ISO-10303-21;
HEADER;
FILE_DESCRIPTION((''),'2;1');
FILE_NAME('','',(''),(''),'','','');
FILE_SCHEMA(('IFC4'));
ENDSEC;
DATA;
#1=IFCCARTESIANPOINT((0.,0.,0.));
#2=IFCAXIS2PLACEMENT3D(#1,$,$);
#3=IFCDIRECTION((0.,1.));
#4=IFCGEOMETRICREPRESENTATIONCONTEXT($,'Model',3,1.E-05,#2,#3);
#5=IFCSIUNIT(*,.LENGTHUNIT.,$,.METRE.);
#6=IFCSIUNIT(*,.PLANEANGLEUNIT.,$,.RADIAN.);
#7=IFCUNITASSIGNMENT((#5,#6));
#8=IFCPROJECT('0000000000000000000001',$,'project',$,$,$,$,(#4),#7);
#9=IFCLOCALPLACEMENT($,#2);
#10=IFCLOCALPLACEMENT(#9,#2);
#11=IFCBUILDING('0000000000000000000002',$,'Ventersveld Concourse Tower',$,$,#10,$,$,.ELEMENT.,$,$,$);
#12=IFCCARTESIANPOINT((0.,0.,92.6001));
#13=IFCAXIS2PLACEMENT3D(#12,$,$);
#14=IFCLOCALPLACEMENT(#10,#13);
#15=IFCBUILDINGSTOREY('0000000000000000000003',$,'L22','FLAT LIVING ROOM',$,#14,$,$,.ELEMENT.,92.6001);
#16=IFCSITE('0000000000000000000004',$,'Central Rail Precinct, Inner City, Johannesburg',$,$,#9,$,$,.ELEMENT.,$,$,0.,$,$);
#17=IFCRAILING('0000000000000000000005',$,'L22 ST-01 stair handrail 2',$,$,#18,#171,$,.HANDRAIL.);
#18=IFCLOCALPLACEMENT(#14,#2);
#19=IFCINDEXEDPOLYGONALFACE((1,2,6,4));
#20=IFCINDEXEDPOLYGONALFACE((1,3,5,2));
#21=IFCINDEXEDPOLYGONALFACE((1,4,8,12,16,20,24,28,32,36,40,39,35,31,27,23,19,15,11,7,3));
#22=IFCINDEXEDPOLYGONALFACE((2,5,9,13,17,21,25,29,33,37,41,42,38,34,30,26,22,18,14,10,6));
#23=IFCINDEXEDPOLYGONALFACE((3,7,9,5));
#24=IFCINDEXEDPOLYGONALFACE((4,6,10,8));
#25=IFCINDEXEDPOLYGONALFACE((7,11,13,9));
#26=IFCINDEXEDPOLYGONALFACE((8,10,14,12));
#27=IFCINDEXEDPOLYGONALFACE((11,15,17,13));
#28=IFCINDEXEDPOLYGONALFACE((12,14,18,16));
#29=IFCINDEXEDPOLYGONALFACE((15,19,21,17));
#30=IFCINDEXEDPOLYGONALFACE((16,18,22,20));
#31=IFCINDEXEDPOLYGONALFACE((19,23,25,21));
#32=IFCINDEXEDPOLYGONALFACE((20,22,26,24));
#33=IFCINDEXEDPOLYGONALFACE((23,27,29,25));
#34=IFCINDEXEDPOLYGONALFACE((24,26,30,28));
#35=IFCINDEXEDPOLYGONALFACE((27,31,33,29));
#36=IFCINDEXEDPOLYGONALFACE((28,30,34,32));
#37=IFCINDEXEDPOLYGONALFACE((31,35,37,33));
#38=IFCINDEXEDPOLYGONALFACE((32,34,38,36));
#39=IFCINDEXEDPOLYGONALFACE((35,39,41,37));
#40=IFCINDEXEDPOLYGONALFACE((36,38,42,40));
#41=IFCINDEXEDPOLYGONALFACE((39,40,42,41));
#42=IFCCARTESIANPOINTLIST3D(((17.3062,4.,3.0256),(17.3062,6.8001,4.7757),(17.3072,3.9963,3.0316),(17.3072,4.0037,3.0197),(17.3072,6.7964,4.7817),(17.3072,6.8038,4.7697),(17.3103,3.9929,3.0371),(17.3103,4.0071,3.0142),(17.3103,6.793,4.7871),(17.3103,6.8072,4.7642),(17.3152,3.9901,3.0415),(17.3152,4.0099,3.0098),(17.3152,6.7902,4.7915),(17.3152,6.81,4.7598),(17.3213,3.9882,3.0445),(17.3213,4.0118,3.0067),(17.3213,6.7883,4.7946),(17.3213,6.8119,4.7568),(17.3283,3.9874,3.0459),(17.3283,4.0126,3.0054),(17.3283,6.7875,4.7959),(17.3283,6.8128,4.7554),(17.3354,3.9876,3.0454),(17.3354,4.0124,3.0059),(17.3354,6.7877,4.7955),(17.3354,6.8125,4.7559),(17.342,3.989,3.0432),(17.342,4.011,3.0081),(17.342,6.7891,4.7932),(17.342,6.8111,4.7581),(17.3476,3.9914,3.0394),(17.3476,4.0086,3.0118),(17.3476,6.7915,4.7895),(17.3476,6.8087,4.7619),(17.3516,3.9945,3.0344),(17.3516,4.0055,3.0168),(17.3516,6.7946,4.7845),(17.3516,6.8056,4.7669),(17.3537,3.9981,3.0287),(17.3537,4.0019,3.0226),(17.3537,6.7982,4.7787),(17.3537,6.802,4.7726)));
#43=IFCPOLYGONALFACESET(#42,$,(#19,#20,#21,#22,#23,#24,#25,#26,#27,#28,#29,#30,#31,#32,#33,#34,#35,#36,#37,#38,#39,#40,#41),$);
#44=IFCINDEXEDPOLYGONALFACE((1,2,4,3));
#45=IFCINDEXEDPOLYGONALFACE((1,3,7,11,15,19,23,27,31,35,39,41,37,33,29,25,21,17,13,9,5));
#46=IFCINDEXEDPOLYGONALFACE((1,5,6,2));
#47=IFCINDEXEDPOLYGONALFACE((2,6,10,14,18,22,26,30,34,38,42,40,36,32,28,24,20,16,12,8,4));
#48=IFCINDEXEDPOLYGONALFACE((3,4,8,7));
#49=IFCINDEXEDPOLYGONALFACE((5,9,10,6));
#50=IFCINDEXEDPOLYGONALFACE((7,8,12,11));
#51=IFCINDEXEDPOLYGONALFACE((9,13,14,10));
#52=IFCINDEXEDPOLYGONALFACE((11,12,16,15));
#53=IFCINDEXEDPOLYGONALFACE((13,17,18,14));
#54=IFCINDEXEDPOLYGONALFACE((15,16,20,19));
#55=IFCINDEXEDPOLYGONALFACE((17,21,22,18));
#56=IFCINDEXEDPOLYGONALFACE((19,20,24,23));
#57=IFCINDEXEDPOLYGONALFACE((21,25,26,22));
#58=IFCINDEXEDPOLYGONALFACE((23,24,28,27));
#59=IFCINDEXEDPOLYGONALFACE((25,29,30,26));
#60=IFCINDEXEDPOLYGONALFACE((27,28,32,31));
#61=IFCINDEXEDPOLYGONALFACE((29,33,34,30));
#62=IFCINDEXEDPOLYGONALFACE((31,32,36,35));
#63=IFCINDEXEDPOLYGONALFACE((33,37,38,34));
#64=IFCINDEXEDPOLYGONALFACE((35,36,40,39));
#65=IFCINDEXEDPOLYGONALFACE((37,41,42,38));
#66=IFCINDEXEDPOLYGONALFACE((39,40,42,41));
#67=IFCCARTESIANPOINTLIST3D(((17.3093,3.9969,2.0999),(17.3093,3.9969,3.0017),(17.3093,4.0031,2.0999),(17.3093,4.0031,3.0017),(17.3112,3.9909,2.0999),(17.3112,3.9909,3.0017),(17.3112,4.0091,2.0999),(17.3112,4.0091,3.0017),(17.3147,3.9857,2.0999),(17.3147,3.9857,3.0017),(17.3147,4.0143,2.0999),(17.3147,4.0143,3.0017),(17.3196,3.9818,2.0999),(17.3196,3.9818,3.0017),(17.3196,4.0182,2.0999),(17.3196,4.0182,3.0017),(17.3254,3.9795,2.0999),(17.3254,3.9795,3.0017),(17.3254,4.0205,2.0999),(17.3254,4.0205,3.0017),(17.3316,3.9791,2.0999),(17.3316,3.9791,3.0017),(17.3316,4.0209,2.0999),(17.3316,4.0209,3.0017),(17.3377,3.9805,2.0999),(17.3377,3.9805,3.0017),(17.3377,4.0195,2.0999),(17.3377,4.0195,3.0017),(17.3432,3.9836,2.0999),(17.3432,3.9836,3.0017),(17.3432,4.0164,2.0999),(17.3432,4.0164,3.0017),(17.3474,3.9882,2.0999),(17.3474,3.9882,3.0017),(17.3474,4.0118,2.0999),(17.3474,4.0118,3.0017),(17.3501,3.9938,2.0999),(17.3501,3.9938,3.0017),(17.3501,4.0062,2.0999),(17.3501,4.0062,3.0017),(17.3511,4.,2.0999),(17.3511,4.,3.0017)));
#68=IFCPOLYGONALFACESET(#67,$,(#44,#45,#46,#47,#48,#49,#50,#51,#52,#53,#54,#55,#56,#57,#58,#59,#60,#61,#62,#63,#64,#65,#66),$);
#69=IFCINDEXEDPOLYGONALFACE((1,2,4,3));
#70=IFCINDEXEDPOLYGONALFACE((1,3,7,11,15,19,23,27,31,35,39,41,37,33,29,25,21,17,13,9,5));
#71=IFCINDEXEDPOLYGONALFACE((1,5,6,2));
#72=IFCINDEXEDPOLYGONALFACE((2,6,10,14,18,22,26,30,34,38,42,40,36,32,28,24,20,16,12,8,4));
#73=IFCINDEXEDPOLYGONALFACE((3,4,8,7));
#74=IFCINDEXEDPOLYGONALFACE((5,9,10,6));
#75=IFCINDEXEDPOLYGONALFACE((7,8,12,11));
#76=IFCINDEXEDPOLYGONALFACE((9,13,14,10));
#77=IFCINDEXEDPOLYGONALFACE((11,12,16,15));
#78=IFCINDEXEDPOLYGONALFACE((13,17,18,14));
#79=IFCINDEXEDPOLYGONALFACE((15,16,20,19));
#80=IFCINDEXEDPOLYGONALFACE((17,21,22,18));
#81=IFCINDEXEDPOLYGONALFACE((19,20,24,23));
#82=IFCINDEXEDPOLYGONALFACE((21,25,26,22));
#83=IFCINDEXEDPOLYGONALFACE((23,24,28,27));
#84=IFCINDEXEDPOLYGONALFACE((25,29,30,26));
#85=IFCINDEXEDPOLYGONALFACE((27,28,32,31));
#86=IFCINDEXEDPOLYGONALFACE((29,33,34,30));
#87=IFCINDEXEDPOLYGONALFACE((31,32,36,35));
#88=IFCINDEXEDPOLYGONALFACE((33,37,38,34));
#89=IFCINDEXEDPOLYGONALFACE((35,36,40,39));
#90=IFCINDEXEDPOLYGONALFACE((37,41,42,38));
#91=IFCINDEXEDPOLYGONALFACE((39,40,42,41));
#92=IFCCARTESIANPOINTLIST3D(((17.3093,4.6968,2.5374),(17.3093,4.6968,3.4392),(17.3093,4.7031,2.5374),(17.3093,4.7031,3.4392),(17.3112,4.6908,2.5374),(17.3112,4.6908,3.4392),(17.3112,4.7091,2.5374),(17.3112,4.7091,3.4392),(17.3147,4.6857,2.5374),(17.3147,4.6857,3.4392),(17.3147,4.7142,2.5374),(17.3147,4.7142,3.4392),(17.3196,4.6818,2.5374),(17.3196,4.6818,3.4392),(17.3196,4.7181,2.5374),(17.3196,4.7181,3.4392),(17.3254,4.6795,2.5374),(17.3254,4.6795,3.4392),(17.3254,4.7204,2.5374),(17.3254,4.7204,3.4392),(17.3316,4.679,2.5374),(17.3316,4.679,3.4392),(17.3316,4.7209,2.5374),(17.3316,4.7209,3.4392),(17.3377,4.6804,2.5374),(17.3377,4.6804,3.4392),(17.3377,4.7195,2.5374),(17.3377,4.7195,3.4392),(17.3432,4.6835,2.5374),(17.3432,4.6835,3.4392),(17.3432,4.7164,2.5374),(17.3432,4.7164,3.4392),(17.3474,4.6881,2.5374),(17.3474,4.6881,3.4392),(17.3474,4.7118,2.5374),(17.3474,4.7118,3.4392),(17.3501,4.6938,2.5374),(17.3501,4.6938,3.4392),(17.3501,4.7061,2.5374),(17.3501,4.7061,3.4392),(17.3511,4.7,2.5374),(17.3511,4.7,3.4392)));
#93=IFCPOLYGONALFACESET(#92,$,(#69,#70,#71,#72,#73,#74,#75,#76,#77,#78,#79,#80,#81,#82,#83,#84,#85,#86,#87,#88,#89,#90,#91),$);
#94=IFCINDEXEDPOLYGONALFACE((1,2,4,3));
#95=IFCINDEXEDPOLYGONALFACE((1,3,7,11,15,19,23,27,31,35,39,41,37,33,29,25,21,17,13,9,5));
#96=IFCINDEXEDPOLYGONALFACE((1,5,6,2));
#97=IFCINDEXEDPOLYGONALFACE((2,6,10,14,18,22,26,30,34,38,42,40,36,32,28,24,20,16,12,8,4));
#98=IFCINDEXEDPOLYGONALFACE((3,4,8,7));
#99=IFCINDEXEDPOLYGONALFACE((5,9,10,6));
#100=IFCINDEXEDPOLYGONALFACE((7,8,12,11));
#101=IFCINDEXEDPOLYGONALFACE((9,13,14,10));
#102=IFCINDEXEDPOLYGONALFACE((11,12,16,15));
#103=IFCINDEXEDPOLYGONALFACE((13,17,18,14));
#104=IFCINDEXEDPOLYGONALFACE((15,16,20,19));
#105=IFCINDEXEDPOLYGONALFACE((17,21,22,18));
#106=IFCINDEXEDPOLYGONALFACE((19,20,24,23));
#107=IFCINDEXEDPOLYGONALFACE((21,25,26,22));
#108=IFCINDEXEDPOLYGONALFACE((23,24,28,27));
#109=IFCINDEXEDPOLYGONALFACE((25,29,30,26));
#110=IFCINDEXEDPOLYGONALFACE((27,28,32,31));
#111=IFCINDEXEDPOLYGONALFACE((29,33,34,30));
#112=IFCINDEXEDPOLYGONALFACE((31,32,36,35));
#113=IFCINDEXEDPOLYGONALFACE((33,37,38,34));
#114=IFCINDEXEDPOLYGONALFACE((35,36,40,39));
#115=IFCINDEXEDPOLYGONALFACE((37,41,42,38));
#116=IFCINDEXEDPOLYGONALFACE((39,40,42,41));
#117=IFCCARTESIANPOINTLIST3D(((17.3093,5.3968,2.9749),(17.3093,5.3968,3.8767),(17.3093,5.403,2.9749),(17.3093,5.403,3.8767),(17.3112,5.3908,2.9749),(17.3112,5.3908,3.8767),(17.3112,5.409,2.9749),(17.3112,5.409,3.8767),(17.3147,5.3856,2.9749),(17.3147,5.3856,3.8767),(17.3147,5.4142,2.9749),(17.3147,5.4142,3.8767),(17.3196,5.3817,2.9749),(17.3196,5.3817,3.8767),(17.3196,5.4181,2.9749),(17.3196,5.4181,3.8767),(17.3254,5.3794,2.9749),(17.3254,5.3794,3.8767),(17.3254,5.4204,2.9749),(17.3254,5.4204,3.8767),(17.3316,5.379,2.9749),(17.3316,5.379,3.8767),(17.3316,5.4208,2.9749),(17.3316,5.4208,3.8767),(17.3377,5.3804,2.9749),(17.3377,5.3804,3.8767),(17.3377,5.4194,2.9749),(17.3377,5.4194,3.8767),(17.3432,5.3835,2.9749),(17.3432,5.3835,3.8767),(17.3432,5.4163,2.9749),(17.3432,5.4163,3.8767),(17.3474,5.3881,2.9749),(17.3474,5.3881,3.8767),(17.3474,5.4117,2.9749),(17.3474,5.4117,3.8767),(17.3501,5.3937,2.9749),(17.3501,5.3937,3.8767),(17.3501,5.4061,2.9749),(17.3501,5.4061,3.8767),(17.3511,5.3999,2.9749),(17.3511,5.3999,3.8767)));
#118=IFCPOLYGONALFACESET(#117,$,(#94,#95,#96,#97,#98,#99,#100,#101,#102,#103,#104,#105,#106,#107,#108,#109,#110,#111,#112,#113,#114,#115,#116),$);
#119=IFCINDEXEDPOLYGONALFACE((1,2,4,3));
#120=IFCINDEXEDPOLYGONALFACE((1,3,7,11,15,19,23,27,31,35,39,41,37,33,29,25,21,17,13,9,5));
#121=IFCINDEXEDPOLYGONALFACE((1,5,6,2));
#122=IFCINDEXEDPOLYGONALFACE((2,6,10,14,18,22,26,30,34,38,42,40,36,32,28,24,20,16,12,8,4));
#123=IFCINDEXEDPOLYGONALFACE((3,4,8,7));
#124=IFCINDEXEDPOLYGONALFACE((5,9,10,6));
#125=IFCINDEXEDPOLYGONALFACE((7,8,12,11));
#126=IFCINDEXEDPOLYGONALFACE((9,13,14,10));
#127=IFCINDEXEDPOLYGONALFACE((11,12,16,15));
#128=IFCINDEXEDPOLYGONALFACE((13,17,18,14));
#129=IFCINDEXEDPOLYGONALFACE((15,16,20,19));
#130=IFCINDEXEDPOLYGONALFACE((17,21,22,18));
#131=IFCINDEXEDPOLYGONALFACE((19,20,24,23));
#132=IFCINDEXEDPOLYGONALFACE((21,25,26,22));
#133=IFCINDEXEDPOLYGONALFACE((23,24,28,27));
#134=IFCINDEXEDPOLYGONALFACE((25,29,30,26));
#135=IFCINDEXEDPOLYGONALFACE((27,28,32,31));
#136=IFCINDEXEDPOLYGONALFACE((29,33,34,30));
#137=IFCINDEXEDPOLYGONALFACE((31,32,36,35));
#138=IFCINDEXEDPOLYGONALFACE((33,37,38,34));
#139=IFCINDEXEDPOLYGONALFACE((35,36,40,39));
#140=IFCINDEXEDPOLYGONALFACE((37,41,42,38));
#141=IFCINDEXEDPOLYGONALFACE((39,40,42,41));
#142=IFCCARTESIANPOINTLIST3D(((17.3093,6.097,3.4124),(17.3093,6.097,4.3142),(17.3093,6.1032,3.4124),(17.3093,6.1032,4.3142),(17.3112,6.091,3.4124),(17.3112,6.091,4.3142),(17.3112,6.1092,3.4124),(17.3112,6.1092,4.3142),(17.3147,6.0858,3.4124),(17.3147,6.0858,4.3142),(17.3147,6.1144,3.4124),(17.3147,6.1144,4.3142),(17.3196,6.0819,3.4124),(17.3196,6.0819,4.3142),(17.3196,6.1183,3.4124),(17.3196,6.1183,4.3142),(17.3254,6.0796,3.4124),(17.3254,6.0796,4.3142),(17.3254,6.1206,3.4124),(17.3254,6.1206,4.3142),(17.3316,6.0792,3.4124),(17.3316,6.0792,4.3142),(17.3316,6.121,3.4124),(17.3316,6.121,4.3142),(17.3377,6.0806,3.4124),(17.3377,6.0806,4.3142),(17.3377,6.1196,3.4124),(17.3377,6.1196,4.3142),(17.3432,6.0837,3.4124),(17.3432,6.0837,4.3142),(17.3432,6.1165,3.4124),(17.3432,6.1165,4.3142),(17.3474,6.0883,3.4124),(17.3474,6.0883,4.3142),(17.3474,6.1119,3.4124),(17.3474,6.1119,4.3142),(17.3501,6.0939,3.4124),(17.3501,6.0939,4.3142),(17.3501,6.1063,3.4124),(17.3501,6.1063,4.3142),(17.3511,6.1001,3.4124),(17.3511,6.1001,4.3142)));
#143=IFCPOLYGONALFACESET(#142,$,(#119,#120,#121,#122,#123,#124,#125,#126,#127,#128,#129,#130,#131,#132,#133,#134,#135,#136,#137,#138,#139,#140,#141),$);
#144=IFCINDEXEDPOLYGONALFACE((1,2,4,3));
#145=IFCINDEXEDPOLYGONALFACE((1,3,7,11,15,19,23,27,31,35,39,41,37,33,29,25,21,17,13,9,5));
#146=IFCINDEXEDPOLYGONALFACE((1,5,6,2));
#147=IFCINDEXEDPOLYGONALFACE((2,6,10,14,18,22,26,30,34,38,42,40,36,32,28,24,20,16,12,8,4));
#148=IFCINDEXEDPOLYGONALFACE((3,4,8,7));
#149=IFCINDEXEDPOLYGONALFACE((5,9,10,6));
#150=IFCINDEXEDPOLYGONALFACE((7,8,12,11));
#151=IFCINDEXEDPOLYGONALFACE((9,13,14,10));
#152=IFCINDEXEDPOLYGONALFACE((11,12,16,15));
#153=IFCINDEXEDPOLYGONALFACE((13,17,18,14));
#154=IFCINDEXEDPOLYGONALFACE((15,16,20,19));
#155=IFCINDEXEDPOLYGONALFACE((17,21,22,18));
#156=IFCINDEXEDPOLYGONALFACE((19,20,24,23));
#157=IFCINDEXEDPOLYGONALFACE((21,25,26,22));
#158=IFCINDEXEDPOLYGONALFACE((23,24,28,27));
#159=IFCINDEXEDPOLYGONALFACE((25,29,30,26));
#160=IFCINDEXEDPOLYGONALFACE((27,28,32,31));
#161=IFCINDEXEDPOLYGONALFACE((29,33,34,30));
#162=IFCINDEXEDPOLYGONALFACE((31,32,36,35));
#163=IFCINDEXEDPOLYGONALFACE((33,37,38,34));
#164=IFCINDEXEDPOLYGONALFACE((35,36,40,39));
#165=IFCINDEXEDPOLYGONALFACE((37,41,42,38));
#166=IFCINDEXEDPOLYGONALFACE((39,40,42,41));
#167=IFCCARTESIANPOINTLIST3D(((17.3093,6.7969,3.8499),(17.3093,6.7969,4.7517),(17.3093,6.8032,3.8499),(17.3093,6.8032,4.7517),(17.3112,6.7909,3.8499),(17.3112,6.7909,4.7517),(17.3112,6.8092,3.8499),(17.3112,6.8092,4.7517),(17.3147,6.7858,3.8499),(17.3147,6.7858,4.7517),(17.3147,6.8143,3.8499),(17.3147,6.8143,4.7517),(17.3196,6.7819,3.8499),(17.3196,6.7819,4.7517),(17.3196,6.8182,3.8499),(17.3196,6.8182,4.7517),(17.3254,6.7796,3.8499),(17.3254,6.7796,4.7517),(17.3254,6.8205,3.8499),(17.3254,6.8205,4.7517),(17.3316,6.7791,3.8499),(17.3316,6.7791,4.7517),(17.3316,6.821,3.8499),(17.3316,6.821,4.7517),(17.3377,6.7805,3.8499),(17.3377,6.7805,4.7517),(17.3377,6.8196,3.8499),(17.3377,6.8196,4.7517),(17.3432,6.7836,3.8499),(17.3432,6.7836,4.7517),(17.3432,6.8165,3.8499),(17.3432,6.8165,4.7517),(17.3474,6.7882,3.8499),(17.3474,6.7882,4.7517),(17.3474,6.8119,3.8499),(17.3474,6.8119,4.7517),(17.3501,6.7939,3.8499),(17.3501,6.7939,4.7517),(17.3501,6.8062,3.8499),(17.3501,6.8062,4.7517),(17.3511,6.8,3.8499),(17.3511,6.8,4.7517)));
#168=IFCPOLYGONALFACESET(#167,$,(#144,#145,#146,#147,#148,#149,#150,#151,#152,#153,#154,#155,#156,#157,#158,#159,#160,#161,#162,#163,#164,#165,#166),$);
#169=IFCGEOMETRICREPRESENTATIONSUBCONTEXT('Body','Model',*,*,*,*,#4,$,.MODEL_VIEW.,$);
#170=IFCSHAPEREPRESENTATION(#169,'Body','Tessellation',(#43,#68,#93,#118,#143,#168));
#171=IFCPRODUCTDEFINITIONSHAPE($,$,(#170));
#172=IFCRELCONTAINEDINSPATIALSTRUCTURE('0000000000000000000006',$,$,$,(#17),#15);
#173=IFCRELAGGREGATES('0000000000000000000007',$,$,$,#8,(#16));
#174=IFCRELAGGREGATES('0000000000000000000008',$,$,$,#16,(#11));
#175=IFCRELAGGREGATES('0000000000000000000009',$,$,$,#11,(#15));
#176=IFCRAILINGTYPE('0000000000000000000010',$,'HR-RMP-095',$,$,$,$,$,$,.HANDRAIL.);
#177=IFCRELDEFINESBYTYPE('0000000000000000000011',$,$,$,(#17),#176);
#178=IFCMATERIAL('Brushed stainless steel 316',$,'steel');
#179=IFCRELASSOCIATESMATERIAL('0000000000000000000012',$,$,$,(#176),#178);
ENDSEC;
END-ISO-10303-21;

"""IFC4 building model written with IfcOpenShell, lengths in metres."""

from ifc_helpers import new_model, si_unit, direction, frame, origin, origin_2d, place, context, subcontext, project, spatial, circle, extrude, material, type_object, element, save


model = new_model("IFC4")

# Units and contexts
model_context = context("Model", 3, precision=1e-05, world=origin(), true_north=direction((0.0, 1.0)))
body_context = subcontext(model_context, "Body", "Model", "MODEL_VIEW")
ifc_project = project(units=[si_unit("LENGTHUNIT", "METRE"), si_unit("PLANEANGLEUNIT", "RADIAN")], contexts=[model_context])

# Site, building, storey
site_placement = place(None, origin())
site = spatial("IfcSite", under=ifc_project, at=site_placement, Name="Central Rail Precinct, Inner City, Johannesburg", CompositionType="ELEMENT", RefElevation=0.0)
building_placement = place(site_placement, origin())
building = spatial("IfcBuilding", under=site, at=building_placement, Name="Ventersveld Concourse Tower", CompositionType="ELEMENT")
storey_placement = place(building_placement, frame((0.0, 0.0, 92.6001)))
storey = spatial("IfcBuildingStorey", under=building, at=storey_placement, Name="L22", Description="FLAT LIVING ROOM", CompositionType="ELEMENT", Elevation=92.6001)

# Shared definitions
ifc_material_1 = material(Name="Brushed stainless steel 316", Category="steel")

# Railing
railing_type_1 = type_object("IfcRailingType", Name="HR-RMP-095", PredefinedType="HANDRAIL", material=ifc_material_1)
railing_1_placement = place(storey_placement, frame((17.3301, 4.0, 2.0999)))
element("IfcRailing", 1, at=railing_1_placement, inside=storey, type_object=railing_type_1, Name="L22 ST-01 stair handrail 2", PredefinedType="HANDRAIL", context=body_context, shape_type="SweptSolid", body=[
    extrude(circle(Radius=0.0239, at=origin_2d()), frame((0.0, 0.0, 0.9258), z_axis=(0.0, 0.848002, 0.529992), x_axis=(-1.0, 0.0, 0.0)), (0.0, 0.0, 1.0), 3.302),
    extrude(circle(Radius=0.021, at=origin_2d()), origin(), (0.0, 0.0, 1.0), 0.9019),
    extrude(circle(Radius=0.021, at=origin_2d()), frame((0.0, 0.7, 0.4375)), (0.0, 0.0, 1.0), 0.9019),
    extrude(circle(Radius=0.021, at=origin_2d()), frame((0.0, 1.3999, 0.875)), (0.0, 0.0, 1.0), 0.9019),
    extrude(circle(Radius=0.021, at=origin_2d()), frame((0.0, 2.1001, 1.3125)), (0.0, 0.0, 1.0), 0.9019),
    extrude(circle(Radius=0.021, at=origin_2d()), frame((0.0, 2.8, 1.75)), (0.0, 0.0, 1.0), 0.9019),
])

save(model, "model.ifc")
